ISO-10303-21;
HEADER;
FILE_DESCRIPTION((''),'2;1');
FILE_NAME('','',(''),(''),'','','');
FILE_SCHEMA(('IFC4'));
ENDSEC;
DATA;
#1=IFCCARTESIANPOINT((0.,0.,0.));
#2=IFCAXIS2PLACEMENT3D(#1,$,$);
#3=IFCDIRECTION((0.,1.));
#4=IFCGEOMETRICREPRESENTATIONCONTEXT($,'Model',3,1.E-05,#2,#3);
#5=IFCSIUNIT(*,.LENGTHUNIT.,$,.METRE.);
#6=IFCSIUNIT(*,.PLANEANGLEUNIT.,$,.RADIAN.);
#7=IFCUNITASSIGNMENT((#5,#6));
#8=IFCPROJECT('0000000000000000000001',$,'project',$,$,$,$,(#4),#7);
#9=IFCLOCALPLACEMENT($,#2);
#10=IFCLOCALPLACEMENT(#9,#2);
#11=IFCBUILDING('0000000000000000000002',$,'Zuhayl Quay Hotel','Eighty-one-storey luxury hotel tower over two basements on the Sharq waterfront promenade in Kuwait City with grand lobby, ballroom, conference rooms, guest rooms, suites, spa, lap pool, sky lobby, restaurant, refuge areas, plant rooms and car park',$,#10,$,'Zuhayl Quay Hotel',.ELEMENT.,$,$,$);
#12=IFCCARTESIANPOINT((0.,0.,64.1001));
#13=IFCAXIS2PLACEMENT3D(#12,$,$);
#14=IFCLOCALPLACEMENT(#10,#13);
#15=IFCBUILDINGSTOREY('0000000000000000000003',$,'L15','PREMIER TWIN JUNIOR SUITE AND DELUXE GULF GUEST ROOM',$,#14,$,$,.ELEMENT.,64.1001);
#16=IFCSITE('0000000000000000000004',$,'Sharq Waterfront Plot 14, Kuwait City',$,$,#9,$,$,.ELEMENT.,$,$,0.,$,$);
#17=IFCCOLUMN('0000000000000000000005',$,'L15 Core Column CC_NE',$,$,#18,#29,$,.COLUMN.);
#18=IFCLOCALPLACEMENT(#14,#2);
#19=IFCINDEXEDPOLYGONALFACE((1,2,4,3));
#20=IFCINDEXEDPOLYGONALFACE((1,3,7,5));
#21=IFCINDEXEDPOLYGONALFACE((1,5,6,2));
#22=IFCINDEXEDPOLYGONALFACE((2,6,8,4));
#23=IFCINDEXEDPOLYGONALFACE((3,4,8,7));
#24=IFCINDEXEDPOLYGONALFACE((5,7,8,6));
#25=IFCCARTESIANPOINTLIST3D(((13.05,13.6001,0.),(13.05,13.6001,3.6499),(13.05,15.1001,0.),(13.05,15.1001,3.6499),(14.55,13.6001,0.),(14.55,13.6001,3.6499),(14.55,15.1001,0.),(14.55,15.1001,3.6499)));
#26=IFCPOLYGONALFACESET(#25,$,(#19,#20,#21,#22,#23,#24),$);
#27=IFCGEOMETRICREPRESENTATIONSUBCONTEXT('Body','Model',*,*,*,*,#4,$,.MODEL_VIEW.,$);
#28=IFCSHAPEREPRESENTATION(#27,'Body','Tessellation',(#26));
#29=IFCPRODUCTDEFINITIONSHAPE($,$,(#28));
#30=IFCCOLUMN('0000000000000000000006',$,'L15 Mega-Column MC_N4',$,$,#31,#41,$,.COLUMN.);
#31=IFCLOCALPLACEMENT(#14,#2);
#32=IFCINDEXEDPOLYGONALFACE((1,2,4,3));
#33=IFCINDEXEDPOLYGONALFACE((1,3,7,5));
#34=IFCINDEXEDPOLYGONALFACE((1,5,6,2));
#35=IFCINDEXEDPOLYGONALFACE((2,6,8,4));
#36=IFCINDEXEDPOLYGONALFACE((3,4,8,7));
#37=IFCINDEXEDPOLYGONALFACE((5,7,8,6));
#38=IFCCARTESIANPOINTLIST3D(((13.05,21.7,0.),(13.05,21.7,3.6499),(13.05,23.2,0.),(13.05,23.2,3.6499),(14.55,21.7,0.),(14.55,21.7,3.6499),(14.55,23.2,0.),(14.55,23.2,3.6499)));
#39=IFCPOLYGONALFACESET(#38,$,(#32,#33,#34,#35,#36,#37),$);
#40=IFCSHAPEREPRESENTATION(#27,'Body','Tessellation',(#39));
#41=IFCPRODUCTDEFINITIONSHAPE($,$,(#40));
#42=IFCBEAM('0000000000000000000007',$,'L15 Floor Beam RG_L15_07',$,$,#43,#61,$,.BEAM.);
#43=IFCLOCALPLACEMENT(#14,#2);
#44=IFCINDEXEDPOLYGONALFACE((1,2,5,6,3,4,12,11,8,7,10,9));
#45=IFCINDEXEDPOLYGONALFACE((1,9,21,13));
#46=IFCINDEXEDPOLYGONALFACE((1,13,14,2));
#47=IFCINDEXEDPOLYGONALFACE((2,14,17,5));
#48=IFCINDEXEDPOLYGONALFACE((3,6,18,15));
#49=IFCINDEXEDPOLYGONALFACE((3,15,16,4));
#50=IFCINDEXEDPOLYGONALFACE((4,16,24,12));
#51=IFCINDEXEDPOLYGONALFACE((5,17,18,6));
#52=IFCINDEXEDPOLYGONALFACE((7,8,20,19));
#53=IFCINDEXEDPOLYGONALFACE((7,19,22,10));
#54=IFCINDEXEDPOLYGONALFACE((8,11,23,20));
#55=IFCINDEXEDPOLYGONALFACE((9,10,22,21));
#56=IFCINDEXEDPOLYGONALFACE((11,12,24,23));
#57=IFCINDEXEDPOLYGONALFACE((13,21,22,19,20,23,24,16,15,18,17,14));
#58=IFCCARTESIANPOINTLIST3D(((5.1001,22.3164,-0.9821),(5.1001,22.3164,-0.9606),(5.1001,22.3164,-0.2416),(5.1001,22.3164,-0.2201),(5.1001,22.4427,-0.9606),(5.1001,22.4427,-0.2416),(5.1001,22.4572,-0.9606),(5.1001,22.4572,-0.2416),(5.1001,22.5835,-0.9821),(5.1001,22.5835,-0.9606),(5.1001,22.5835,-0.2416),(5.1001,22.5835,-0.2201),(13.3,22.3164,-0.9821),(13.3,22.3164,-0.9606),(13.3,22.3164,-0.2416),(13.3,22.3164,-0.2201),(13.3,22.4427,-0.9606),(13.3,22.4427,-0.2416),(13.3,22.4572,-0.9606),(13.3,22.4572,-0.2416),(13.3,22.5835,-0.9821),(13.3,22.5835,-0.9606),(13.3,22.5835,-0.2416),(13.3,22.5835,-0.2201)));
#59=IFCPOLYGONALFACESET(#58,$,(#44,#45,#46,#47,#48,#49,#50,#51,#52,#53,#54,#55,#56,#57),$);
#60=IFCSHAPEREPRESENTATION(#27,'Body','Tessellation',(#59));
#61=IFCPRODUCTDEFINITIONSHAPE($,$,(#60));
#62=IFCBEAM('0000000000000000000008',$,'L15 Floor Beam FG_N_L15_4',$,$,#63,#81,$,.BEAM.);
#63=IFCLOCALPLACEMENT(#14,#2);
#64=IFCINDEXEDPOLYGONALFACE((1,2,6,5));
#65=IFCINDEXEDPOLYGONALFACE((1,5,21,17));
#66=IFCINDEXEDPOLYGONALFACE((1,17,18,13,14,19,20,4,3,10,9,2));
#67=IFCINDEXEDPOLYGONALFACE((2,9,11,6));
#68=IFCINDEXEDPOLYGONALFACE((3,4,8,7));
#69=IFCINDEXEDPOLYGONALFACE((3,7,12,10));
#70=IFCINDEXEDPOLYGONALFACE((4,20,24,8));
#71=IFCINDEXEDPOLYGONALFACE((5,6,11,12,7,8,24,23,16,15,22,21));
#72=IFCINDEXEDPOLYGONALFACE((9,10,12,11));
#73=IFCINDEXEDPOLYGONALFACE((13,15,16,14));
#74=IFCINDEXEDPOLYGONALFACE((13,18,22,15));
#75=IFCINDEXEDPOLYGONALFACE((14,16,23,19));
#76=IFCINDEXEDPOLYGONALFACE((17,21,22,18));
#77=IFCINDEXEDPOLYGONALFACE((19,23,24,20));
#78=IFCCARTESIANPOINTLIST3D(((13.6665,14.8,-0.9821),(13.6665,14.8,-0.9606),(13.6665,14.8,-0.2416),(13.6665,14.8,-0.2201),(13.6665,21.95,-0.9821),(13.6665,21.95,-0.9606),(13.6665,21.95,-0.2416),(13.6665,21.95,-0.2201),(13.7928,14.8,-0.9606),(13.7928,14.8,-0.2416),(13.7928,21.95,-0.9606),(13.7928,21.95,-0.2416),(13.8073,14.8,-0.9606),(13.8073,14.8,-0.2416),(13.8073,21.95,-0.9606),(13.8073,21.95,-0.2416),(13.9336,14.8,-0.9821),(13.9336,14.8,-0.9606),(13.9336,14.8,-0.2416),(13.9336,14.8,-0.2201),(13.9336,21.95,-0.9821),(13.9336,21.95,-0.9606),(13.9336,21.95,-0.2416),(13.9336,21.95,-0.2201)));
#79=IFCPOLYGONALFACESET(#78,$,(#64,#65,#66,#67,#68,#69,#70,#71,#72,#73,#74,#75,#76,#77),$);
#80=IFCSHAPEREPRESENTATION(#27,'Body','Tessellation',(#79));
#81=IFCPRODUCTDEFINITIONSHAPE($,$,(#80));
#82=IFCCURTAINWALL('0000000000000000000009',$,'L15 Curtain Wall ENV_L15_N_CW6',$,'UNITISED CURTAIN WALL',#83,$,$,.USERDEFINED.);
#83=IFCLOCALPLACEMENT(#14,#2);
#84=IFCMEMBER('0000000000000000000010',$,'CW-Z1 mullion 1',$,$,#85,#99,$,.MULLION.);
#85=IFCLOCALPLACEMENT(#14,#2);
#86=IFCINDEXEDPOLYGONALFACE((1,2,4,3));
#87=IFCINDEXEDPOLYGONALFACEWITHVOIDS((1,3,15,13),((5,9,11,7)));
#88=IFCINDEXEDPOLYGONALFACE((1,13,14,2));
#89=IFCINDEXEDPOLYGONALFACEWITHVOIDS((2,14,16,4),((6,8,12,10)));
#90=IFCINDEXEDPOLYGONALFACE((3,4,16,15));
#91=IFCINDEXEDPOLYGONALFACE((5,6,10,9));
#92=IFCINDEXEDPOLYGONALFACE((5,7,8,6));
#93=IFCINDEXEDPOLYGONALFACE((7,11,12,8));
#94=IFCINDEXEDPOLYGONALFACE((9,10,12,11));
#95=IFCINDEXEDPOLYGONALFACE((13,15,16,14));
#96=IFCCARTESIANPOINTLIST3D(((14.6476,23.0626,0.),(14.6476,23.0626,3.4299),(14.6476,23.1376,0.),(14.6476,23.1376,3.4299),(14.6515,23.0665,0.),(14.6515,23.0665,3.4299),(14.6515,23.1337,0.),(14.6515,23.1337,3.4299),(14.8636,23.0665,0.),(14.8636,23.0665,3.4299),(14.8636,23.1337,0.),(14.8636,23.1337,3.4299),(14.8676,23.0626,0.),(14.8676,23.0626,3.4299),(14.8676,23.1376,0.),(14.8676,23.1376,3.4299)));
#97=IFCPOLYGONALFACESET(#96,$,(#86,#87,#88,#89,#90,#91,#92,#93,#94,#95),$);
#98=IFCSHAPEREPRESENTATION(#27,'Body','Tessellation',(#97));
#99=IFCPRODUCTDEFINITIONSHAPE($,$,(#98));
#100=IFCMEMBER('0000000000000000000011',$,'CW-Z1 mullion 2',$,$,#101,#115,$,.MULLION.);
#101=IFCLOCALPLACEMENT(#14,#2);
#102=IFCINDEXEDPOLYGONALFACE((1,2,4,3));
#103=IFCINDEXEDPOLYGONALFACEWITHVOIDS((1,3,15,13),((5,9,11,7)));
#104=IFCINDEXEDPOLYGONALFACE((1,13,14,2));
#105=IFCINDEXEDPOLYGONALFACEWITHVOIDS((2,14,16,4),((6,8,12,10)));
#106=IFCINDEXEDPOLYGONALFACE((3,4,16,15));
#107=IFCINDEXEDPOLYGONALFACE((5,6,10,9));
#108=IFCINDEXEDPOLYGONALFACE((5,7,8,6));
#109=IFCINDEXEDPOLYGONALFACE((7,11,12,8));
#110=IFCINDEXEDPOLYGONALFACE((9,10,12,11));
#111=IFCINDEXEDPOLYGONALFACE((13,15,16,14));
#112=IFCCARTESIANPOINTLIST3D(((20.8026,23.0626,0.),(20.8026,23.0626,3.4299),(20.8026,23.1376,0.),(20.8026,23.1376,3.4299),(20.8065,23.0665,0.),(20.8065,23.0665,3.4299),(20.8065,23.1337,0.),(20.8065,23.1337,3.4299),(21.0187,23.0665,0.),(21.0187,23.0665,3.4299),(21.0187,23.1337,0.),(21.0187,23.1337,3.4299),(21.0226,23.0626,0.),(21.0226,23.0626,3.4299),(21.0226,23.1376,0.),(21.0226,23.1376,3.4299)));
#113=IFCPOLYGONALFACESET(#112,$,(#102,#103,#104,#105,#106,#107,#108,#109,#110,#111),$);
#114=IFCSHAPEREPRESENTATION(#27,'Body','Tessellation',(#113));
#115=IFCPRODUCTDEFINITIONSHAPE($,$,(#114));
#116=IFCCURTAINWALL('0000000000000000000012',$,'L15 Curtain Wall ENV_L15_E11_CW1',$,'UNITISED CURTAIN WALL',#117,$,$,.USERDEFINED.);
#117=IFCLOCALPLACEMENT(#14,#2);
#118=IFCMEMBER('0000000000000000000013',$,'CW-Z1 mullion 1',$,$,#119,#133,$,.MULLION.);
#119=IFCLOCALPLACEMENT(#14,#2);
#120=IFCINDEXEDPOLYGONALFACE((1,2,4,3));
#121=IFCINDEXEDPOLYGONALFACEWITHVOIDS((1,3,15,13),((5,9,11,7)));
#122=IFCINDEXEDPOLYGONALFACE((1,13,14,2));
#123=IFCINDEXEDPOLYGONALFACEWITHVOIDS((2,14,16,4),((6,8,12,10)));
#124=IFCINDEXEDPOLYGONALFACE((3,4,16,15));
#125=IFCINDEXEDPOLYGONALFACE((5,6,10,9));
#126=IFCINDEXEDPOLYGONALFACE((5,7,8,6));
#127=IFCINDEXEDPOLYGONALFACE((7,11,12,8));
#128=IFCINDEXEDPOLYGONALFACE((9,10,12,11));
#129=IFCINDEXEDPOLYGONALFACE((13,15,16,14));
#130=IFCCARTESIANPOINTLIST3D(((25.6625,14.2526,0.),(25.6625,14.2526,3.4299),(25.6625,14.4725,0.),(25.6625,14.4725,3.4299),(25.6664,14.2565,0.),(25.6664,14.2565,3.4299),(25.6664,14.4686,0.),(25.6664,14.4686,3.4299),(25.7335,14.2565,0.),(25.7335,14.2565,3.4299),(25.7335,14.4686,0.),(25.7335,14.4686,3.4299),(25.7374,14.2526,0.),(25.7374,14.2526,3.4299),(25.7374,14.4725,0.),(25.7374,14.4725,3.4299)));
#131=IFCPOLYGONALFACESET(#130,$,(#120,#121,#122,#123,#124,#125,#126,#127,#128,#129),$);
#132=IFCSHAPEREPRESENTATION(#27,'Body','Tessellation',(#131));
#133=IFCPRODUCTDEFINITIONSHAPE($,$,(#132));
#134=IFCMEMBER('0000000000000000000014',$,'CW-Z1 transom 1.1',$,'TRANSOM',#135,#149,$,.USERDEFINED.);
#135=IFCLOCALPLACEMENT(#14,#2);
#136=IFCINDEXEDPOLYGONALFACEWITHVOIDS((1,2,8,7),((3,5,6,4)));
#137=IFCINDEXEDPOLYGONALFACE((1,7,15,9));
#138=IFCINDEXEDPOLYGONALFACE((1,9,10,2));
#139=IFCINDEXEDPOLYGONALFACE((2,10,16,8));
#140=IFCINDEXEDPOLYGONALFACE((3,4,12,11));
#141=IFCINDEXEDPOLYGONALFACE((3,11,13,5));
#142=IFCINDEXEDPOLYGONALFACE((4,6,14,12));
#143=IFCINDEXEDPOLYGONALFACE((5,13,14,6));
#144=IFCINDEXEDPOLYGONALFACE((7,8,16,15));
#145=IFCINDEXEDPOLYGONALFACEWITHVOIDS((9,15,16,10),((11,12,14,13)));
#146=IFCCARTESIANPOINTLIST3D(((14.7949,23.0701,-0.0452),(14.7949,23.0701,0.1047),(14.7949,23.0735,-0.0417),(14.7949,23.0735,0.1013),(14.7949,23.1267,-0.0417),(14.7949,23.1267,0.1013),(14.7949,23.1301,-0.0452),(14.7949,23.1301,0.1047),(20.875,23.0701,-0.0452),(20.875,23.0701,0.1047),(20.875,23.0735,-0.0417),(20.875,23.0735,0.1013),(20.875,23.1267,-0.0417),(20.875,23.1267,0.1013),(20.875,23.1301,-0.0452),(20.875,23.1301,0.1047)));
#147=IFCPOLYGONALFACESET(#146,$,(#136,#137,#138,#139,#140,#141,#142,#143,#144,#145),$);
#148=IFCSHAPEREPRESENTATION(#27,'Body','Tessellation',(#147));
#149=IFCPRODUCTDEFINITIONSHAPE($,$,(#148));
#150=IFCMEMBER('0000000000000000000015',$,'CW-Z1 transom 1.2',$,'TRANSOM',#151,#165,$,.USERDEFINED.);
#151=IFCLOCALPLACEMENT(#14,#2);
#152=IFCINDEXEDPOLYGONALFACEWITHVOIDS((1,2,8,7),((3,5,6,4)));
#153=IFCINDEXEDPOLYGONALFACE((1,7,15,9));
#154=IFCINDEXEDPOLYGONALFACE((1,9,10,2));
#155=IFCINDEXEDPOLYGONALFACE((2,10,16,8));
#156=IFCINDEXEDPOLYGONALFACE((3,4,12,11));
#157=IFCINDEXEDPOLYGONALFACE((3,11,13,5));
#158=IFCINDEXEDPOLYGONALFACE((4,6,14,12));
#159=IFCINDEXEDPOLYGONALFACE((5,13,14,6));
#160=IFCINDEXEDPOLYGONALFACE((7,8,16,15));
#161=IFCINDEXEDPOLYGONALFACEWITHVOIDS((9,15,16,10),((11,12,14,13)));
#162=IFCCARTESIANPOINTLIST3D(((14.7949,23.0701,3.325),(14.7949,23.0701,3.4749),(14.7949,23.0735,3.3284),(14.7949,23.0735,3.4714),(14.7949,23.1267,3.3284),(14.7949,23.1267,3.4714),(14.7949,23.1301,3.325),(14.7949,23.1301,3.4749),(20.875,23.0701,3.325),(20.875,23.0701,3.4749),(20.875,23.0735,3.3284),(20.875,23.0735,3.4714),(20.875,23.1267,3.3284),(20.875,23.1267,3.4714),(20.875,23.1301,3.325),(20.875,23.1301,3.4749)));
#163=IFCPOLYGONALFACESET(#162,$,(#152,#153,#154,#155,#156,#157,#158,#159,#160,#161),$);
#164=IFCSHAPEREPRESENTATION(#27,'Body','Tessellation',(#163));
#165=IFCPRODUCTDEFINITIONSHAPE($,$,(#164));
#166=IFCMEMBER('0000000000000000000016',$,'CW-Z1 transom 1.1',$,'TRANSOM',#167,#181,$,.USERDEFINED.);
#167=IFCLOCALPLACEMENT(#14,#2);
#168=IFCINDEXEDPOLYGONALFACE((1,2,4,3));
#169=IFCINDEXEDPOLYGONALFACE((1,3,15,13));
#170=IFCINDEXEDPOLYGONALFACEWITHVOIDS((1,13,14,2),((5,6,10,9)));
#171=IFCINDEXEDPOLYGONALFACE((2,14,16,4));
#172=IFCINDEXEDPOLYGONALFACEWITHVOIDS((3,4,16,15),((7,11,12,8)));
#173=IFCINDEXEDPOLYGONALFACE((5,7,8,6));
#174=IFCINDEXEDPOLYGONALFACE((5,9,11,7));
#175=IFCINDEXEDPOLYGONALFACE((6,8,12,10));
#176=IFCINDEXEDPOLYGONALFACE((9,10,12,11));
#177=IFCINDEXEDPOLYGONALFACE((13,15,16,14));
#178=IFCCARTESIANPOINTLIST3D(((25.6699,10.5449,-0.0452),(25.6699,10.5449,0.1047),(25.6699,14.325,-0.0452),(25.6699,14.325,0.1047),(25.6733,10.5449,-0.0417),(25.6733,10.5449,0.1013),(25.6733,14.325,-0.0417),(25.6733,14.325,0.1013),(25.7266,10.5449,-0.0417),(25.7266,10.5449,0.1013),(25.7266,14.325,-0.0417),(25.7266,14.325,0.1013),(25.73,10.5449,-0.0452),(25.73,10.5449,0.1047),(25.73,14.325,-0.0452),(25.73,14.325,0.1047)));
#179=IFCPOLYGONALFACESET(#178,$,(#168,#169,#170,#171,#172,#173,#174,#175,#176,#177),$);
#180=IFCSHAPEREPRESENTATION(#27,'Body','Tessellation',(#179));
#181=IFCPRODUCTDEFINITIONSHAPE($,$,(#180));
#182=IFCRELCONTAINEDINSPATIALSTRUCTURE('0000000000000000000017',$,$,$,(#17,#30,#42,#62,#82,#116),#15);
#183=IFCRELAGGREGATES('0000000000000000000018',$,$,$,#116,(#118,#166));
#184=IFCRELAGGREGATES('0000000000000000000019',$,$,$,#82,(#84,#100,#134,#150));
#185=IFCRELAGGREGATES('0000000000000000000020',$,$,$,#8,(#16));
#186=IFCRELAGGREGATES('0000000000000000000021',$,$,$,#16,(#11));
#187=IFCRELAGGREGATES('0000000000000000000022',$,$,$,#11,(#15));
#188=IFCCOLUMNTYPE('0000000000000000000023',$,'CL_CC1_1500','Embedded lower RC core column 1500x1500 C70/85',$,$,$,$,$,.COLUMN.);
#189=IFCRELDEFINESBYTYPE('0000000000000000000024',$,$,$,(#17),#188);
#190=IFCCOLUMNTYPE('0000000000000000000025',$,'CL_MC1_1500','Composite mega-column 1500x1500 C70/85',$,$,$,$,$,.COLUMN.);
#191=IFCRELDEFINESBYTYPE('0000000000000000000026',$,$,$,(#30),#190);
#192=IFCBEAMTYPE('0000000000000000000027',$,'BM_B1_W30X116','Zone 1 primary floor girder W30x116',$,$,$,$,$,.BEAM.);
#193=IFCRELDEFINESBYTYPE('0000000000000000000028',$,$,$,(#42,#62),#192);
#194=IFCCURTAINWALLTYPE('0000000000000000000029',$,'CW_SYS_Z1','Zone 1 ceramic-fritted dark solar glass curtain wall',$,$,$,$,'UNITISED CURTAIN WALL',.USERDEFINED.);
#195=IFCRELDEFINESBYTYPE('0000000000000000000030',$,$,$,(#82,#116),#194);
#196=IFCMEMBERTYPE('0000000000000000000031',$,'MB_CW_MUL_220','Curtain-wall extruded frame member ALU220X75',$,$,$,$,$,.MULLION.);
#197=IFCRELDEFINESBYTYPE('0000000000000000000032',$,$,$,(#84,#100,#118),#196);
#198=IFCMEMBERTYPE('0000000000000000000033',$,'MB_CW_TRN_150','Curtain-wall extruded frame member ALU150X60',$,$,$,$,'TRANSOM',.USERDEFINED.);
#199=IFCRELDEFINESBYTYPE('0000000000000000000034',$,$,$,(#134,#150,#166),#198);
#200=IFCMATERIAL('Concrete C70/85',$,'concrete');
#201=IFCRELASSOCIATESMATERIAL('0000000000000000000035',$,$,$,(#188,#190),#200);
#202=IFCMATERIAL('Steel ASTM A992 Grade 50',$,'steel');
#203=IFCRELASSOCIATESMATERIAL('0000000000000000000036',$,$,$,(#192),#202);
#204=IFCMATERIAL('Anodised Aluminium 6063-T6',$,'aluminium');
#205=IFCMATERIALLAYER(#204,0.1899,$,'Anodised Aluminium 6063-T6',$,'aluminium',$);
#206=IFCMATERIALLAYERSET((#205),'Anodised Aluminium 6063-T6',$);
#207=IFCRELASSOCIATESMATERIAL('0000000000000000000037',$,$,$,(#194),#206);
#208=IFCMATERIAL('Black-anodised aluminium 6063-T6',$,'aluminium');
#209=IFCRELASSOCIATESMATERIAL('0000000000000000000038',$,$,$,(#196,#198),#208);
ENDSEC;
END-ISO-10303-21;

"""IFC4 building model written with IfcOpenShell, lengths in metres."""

from ifc_helpers import new_model, si_unit, direction, frame, origin, origin_2d, place, context, subcontext, project, spatial, rectangle, hollow_rectangle, i_section, extrude, material, layer, layer_set, material_profile, profile_set, type_object, element, aggregate, save


model = new_model("IFC4")

# Units and contexts
model_context = context("Model", 3, precision=1e-05, world=origin(), true_north=direction((0.0, 1.0)))
body_context = subcontext(model_context, "Body", "Model", "MODEL_VIEW")
ifc_project = project(units=[si_unit("LENGTHUNIT", "METRE"), si_unit("PLANEANGLEUNIT", "RADIAN")], contexts=[model_context])

# Site, building, storey
site_placement = place(None, origin())
site = spatial("IfcSite", under=ifc_project, at=site_placement, Name="Sharq Waterfront Plot 14, Kuwait City", CompositionType="ELEMENT", RefElevation=0.0)
building_placement = place(site_placement, origin())
building = spatial("IfcBuilding", under=site, at=building_placement, Name="Zuhayl Quay Hotel", Description="Eighty-one-storey luxury hotel tower over two basements on the Sharq waterfront promenade in Kuwait City with grand lobby, ballroom, conference rooms, guest rooms, suites, spa, lap pool, sky lobby, restaurant, refuge areas, plant rooms and car park", LongName="Zuhayl Quay Hotel", CompositionType="ELEMENT")
storey_placement = place(building_placement, frame((0.0, 0.0, 64.1001)))
storey = spatial("IfcBuildingStorey", under=building, at=storey_placement, Name="L15", Description="PREMIER TWIN JUNIOR SUITE AND DELUXE GULF GUEST ROOM", CompositionType="ELEMENT", Elevation=64.1001)

# Columns
ifc_material_1 = material(Name="Concrete C70/85", Category="concrete")
ifc_material_profile_1 = material_profile(ifc_material_1, rectangle(XDim=1.5, YDim=1.5, at=origin_2d()), Name="RC1500X1500")
ifc_profile_set_1 = profile_set([ifc_material_profile_1], Name="Concrete C70/85")
column_type_1 = type_object("IfcColumnType", Name="CL_CC1_1500", Description="Embedded lower RC core column 1500x1500 C70/85", PredefinedType="COLUMN", material=ifc_profile_set_1)
column_1_placement = place(storey_placement, frame((13.8, 14.3501, 0.0), z_axis=(0.0, 0.0, 1.0), x_axis=(1.0, 0.0, 0.0)))
element("IfcColumn", 1, at=column_1_placement, inside=storey, type_object=column_type_1, Name="L15 Core Column CC_NE", PredefinedType="COLUMN", context=body_context, shape_type="SweptSolid", body=[
    extrude(rectangle(XDim=1.5, YDim=1.5, at=origin_2d()), origin(), (0.0, 0.0, 1.0), 3.6499),
])
ifc_material_profile_2 = material_profile(ifc_material_1, rectangle(XDim=1.5, YDim=1.5, at=origin_2d()), Name="RC1500X1500")
ifc_profile_set_2 = profile_set([ifc_material_profile_2], Name="Concrete C70/85")
column_type_2 = type_object("IfcColumnType", Name="CL_MC1_1500", Description="Composite mega-column 1500x1500 C70/85", PredefinedType="COLUMN", material=ifc_profile_set_2)
column_2_placement = place(storey_placement, frame((13.8, 22.45, 0.0), z_axis=(0.0, 0.0, 1.0), x_axis=(1.0, 0.0, 0.0)))
element("IfcColumn", 2, at=column_2_placement, inside=storey, type_object=column_type_2, Name="L15 Mega-Column MC_N4", PredefinedType="COLUMN", context=body_context, shape_type="SweptSolid", body=[
    extrude(rectangle(XDim=1.5, YDim=1.5, at=origin_2d()), origin(), (0.0, 0.0, 1.0), 3.6499),
])

# Beams
ifc_material_2 = material(Name="Steel ASTM A992 Grade 50", Category="steel")
ifc_material_profile_3 = material_profile(ifc_material_2, i_section(OverallWidth=0.2671, OverallDepth=0.762, WebThickness=0.0144, FlangeThickness=0.0215, at=origin_2d()), Name="W30X116")
ifc_profile_set_3 = profile_set([ifc_material_profile_3], Name="Steel ASTM A992 Grade 50")
beam_type = type_object("IfcBeamType", Name="BM_B1_W30X116", Description="Zone 1 primary floor girder W30x116", PredefinedType="BEAM", material=ifc_profile_set_3)
beam_1_placement = place(storey_placement, frame((13.3, 22.45, -0.6011), z_axis=(-1.0, 0.0, 0.0), x_axis=(0.0, -1.0, 0.0)))
element("IfcBeam", 3, at=beam_1_placement, inside=storey, type_object=beam_type, Name="L15 Floor Beam RG_L15_07", PredefinedType="BEAM", context=body_context, shape_type="SweptSolid", body=[
    extrude(i_section(OverallWidth=0.2671, OverallDepth=0.762, WebThickness=0.0144, FlangeThickness=0.0215, at=origin_2d()), origin(), (0.0, 0.0, 1.0), 8.2),
])
beam_2_placement = place(storey_placement, frame((13.8, 14.8, -0.6011), z_axis=(0.0, 1.0, 0.0), x_axis=(-1.0, 0.0, 0.0)))
element("IfcBeam", 4, at=beam_2_placement, inside=storey, type_object=beam_type, Name="L15 Floor Beam FG_N_L15_4", PredefinedType="BEAM", context=body_context, shape_type="SweptSolid", body=[
    extrude(i_section(OverallWidth=0.2671, OverallDepth=0.762, WebThickness=0.0144, FlangeThickness=0.0215, at=origin_2d()), origin(), (0.0, 0.0, 1.0), 7.1499),
])

# Curtain wall, members
ifc_material_3 = material(Name="Anodised Aluminium 6063-T6", Category="aluminium")
ifc_layer_1 = layer(ifc_material_3, 0.1899, Name="Anodised Aluminium 6063-T6", Category="aluminium")
ifc_layer_set_1 = layer_set([ifc_layer_1], Name="Anodised Aluminium 6063-T6")
curtain_wall_type = type_object("IfcCurtainWallType", Name="CW_SYS_Z1", Description="Zone 1 ceramic-fritted dark solar glass curtain wall", ElementType="UNITISED CURTAIN WALL", PredefinedType="USERDEFINED", material=ifc_layer_set_1)
curtain_wall_1_placement = place(storey_placement, origin())
curtain_wall_1 = element("IfcCurtainWall", 5, at=curtain_wall_1_placement, inside=storey, type_object=curtain_wall_type, Name="L15 Curtain Wall ENV_L15_N_CW6", ObjectType="UNITISED CURTAIN WALL", PredefinedType="USERDEFINED")
ifc_material_4 = material(Name="Black-anodised aluminium 6063-T6", Category="aluminium")
ifc_material_profile_4 = material_profile(ifc_material_4, hollow_rectangle(XDim=0.075, YDim=0.22, WallThickness=0.0039, at=origin_2d()), Name="ALU220X75")
ifc_profile_set_4 = profile_set([ifc_material_profile_4], Name="Black-anodised aluminium 6063-T6")
member_type_1 = type_object("IfcMemberType", Name="MB_CW_MUL_220", Description="Curtain-wall extruded frame member ALU220X75", PredefinedType="MULLION", material=ifc_profile_set_4)
member_1_placement = place(storey_placement, frame((14.7576, 23.1001, 0.0), z_axis=(0.0, 0.0, 1.0), x_axis=(0.0, 1.0, 0.0)))
member_1 = element("IfcMember", 6, at=member_1_placement, type_object=member_type_1, Name="CW-Z1 mullion 1", PredefinedType="MULLION", context=body_context, shape_type="SweptSolid", body=[
    extrude(hollow_rectangle(XDim=0.075, YDim=0.22, WallThickness=0.0039, at=origin_2d()), origin(), (0.0, 0.0, 1.0), 3.4299),
])
member_2_placement = place(storey_placement, frame((20.9126, 23.1001, 0.0), z_axis=(0.0, 0.0, 1.0), x_axis=(0.0, 1.0, 0.0)))
member_2 = element("IfcMember", 7, at=member_2_placement, type_object=member_type_1, Name="CW-Z1 mullion 2", PredefinedType="MULLION", context=body_context, shape_type="SweptSolid", body=[
    extrude(hollow_rectangle(XDim=0.075, YDim=0.22, WallThickness=0.0039, at=origin_2d()), origin(), (0.0, 0.0, 1.0), 3.4299),
])

# Curtain wall, member
curtain_wall_2_placement = place(storey_placement, origin())
curtain_wall_2 = element("IfcCurtainWall", 8, at=curtain_wall_2_placement, inside=storey, type_object=curtain_wall_type, Name="L15 Curtain Wall ENV_L15_E11_CW1", ObjectType="UNITISED CURTAIN WALL", PredefinedType="USERDEFINED")
member_3_placement = place(storey_placement, frame((25.7, 14.3625, 0.0), z_axis=(0.0, 0.0, 1.0), x_axis=(1.0, 0.0, 0.0)))
member_3 = element("IfcMember", 9, at=member_3_placement, type_object=member_type_1, Name="CW-Z1 mullion 1", PredefinedType="MULLION", context=body_context, shape_type="SweptSolid", body=[
    extrude(hollow_rectangle(XDim=0.075, YDim=0.22, WallThickness=0.0039, at=origin_2d()), origin(), (0.0, 0.0, 1.0), 3.4299),
])

# Members
ifc_material_profile_5 = material_profile(ifc_material_4, hollow_rectangle(XDim=0.0601, YDim=0.1499, WallThickness=0.0034, at=origin_2d()), Name="ALU150X60")
ifc_profile_set_5 = profile_set([ifc_material_profile_5], Name="Black-anodised aluminium 6063-T6")
member_type_2 = type_object("IfcMemberType", Name="MB_CW_TRN_150", Description="Curtain-wall extruded frame member ALU150X60", ElementType="TRANSOM", PredefinedType="USERDEFINED", material=ifc_profile_set_5)
member_4_placement = place(storey_placement, frame((14.7949, 23.1001, 0.0298), z_axis=(1.0, 0.0, 0.0), x_axis=(0.0, 1.0, 0.0)))
member_4 = element("IfcMember", 10, at=member_4_placement, type_object=member_type_2, Name="CW-Z1 transom 1.1", ObjectType="TRANSOM", PredefinedType="USERDEFINED", context=body_context, shape_type="SweptSolid", body=[
    extrude(hollow_rectangle(XDim=0.0601, YDim=0.1499, WallThickness=0.0034, at=origin_2d()), origin(), (0.0, 0.0, 1.0), 6.0801),
])
member_5_placement = place(storey_placement, frame((14.7949, 23.1001, 3.3999), z_axis=(1.0, 0.0, 0.0), x_axis=(0.0, 1.0, 0.0)))
member_5 = element("IfcMember", 11, at=member_5_placement, type_object=member_type_2, Name="CW-Z1 transom 1.2", ObjectType="TRANSOM", PredefinedType="USERDEFINED", context=body_context, shape_type="SweptSolid", body=[
    extrude(hollow_rectangle(XDim=0.0601, YDim=0.1499, WallThickness=0.0034, at=origin_2d()), origin(), (0.0, 0.0, 1.0), 6.0801),
])
member_6_placement = place(storey_placement, frame((25.7, 14.325, 0.0298), z_axis=(0.0, -1.0, 0.0), x_axis=(1.0, 0.0, 0.0)))
member_6 = element("IfcMember", 12, at=member_6_placement, type_object=member_type_2, Name="CW-Z1 transom 1.1", ObjectType="TRANSOM", PredefinedType="USERDEFINED", context=body_context, shape_type="SweptSolid", body=[
    extrude(hollow_rectangle(XDim=0.0601, YDim=0.1499, WallThickness=0.0034, at=origin_2d()), origin(), (0.0, 0.0, 1.0), 3.78),
])
aggregate(curtain_wall_2, [member_3, member_6])

aggregate(curtain_wall_1, [member_1, member_2, member_4, member_5])

save(model, "model.ifc")
